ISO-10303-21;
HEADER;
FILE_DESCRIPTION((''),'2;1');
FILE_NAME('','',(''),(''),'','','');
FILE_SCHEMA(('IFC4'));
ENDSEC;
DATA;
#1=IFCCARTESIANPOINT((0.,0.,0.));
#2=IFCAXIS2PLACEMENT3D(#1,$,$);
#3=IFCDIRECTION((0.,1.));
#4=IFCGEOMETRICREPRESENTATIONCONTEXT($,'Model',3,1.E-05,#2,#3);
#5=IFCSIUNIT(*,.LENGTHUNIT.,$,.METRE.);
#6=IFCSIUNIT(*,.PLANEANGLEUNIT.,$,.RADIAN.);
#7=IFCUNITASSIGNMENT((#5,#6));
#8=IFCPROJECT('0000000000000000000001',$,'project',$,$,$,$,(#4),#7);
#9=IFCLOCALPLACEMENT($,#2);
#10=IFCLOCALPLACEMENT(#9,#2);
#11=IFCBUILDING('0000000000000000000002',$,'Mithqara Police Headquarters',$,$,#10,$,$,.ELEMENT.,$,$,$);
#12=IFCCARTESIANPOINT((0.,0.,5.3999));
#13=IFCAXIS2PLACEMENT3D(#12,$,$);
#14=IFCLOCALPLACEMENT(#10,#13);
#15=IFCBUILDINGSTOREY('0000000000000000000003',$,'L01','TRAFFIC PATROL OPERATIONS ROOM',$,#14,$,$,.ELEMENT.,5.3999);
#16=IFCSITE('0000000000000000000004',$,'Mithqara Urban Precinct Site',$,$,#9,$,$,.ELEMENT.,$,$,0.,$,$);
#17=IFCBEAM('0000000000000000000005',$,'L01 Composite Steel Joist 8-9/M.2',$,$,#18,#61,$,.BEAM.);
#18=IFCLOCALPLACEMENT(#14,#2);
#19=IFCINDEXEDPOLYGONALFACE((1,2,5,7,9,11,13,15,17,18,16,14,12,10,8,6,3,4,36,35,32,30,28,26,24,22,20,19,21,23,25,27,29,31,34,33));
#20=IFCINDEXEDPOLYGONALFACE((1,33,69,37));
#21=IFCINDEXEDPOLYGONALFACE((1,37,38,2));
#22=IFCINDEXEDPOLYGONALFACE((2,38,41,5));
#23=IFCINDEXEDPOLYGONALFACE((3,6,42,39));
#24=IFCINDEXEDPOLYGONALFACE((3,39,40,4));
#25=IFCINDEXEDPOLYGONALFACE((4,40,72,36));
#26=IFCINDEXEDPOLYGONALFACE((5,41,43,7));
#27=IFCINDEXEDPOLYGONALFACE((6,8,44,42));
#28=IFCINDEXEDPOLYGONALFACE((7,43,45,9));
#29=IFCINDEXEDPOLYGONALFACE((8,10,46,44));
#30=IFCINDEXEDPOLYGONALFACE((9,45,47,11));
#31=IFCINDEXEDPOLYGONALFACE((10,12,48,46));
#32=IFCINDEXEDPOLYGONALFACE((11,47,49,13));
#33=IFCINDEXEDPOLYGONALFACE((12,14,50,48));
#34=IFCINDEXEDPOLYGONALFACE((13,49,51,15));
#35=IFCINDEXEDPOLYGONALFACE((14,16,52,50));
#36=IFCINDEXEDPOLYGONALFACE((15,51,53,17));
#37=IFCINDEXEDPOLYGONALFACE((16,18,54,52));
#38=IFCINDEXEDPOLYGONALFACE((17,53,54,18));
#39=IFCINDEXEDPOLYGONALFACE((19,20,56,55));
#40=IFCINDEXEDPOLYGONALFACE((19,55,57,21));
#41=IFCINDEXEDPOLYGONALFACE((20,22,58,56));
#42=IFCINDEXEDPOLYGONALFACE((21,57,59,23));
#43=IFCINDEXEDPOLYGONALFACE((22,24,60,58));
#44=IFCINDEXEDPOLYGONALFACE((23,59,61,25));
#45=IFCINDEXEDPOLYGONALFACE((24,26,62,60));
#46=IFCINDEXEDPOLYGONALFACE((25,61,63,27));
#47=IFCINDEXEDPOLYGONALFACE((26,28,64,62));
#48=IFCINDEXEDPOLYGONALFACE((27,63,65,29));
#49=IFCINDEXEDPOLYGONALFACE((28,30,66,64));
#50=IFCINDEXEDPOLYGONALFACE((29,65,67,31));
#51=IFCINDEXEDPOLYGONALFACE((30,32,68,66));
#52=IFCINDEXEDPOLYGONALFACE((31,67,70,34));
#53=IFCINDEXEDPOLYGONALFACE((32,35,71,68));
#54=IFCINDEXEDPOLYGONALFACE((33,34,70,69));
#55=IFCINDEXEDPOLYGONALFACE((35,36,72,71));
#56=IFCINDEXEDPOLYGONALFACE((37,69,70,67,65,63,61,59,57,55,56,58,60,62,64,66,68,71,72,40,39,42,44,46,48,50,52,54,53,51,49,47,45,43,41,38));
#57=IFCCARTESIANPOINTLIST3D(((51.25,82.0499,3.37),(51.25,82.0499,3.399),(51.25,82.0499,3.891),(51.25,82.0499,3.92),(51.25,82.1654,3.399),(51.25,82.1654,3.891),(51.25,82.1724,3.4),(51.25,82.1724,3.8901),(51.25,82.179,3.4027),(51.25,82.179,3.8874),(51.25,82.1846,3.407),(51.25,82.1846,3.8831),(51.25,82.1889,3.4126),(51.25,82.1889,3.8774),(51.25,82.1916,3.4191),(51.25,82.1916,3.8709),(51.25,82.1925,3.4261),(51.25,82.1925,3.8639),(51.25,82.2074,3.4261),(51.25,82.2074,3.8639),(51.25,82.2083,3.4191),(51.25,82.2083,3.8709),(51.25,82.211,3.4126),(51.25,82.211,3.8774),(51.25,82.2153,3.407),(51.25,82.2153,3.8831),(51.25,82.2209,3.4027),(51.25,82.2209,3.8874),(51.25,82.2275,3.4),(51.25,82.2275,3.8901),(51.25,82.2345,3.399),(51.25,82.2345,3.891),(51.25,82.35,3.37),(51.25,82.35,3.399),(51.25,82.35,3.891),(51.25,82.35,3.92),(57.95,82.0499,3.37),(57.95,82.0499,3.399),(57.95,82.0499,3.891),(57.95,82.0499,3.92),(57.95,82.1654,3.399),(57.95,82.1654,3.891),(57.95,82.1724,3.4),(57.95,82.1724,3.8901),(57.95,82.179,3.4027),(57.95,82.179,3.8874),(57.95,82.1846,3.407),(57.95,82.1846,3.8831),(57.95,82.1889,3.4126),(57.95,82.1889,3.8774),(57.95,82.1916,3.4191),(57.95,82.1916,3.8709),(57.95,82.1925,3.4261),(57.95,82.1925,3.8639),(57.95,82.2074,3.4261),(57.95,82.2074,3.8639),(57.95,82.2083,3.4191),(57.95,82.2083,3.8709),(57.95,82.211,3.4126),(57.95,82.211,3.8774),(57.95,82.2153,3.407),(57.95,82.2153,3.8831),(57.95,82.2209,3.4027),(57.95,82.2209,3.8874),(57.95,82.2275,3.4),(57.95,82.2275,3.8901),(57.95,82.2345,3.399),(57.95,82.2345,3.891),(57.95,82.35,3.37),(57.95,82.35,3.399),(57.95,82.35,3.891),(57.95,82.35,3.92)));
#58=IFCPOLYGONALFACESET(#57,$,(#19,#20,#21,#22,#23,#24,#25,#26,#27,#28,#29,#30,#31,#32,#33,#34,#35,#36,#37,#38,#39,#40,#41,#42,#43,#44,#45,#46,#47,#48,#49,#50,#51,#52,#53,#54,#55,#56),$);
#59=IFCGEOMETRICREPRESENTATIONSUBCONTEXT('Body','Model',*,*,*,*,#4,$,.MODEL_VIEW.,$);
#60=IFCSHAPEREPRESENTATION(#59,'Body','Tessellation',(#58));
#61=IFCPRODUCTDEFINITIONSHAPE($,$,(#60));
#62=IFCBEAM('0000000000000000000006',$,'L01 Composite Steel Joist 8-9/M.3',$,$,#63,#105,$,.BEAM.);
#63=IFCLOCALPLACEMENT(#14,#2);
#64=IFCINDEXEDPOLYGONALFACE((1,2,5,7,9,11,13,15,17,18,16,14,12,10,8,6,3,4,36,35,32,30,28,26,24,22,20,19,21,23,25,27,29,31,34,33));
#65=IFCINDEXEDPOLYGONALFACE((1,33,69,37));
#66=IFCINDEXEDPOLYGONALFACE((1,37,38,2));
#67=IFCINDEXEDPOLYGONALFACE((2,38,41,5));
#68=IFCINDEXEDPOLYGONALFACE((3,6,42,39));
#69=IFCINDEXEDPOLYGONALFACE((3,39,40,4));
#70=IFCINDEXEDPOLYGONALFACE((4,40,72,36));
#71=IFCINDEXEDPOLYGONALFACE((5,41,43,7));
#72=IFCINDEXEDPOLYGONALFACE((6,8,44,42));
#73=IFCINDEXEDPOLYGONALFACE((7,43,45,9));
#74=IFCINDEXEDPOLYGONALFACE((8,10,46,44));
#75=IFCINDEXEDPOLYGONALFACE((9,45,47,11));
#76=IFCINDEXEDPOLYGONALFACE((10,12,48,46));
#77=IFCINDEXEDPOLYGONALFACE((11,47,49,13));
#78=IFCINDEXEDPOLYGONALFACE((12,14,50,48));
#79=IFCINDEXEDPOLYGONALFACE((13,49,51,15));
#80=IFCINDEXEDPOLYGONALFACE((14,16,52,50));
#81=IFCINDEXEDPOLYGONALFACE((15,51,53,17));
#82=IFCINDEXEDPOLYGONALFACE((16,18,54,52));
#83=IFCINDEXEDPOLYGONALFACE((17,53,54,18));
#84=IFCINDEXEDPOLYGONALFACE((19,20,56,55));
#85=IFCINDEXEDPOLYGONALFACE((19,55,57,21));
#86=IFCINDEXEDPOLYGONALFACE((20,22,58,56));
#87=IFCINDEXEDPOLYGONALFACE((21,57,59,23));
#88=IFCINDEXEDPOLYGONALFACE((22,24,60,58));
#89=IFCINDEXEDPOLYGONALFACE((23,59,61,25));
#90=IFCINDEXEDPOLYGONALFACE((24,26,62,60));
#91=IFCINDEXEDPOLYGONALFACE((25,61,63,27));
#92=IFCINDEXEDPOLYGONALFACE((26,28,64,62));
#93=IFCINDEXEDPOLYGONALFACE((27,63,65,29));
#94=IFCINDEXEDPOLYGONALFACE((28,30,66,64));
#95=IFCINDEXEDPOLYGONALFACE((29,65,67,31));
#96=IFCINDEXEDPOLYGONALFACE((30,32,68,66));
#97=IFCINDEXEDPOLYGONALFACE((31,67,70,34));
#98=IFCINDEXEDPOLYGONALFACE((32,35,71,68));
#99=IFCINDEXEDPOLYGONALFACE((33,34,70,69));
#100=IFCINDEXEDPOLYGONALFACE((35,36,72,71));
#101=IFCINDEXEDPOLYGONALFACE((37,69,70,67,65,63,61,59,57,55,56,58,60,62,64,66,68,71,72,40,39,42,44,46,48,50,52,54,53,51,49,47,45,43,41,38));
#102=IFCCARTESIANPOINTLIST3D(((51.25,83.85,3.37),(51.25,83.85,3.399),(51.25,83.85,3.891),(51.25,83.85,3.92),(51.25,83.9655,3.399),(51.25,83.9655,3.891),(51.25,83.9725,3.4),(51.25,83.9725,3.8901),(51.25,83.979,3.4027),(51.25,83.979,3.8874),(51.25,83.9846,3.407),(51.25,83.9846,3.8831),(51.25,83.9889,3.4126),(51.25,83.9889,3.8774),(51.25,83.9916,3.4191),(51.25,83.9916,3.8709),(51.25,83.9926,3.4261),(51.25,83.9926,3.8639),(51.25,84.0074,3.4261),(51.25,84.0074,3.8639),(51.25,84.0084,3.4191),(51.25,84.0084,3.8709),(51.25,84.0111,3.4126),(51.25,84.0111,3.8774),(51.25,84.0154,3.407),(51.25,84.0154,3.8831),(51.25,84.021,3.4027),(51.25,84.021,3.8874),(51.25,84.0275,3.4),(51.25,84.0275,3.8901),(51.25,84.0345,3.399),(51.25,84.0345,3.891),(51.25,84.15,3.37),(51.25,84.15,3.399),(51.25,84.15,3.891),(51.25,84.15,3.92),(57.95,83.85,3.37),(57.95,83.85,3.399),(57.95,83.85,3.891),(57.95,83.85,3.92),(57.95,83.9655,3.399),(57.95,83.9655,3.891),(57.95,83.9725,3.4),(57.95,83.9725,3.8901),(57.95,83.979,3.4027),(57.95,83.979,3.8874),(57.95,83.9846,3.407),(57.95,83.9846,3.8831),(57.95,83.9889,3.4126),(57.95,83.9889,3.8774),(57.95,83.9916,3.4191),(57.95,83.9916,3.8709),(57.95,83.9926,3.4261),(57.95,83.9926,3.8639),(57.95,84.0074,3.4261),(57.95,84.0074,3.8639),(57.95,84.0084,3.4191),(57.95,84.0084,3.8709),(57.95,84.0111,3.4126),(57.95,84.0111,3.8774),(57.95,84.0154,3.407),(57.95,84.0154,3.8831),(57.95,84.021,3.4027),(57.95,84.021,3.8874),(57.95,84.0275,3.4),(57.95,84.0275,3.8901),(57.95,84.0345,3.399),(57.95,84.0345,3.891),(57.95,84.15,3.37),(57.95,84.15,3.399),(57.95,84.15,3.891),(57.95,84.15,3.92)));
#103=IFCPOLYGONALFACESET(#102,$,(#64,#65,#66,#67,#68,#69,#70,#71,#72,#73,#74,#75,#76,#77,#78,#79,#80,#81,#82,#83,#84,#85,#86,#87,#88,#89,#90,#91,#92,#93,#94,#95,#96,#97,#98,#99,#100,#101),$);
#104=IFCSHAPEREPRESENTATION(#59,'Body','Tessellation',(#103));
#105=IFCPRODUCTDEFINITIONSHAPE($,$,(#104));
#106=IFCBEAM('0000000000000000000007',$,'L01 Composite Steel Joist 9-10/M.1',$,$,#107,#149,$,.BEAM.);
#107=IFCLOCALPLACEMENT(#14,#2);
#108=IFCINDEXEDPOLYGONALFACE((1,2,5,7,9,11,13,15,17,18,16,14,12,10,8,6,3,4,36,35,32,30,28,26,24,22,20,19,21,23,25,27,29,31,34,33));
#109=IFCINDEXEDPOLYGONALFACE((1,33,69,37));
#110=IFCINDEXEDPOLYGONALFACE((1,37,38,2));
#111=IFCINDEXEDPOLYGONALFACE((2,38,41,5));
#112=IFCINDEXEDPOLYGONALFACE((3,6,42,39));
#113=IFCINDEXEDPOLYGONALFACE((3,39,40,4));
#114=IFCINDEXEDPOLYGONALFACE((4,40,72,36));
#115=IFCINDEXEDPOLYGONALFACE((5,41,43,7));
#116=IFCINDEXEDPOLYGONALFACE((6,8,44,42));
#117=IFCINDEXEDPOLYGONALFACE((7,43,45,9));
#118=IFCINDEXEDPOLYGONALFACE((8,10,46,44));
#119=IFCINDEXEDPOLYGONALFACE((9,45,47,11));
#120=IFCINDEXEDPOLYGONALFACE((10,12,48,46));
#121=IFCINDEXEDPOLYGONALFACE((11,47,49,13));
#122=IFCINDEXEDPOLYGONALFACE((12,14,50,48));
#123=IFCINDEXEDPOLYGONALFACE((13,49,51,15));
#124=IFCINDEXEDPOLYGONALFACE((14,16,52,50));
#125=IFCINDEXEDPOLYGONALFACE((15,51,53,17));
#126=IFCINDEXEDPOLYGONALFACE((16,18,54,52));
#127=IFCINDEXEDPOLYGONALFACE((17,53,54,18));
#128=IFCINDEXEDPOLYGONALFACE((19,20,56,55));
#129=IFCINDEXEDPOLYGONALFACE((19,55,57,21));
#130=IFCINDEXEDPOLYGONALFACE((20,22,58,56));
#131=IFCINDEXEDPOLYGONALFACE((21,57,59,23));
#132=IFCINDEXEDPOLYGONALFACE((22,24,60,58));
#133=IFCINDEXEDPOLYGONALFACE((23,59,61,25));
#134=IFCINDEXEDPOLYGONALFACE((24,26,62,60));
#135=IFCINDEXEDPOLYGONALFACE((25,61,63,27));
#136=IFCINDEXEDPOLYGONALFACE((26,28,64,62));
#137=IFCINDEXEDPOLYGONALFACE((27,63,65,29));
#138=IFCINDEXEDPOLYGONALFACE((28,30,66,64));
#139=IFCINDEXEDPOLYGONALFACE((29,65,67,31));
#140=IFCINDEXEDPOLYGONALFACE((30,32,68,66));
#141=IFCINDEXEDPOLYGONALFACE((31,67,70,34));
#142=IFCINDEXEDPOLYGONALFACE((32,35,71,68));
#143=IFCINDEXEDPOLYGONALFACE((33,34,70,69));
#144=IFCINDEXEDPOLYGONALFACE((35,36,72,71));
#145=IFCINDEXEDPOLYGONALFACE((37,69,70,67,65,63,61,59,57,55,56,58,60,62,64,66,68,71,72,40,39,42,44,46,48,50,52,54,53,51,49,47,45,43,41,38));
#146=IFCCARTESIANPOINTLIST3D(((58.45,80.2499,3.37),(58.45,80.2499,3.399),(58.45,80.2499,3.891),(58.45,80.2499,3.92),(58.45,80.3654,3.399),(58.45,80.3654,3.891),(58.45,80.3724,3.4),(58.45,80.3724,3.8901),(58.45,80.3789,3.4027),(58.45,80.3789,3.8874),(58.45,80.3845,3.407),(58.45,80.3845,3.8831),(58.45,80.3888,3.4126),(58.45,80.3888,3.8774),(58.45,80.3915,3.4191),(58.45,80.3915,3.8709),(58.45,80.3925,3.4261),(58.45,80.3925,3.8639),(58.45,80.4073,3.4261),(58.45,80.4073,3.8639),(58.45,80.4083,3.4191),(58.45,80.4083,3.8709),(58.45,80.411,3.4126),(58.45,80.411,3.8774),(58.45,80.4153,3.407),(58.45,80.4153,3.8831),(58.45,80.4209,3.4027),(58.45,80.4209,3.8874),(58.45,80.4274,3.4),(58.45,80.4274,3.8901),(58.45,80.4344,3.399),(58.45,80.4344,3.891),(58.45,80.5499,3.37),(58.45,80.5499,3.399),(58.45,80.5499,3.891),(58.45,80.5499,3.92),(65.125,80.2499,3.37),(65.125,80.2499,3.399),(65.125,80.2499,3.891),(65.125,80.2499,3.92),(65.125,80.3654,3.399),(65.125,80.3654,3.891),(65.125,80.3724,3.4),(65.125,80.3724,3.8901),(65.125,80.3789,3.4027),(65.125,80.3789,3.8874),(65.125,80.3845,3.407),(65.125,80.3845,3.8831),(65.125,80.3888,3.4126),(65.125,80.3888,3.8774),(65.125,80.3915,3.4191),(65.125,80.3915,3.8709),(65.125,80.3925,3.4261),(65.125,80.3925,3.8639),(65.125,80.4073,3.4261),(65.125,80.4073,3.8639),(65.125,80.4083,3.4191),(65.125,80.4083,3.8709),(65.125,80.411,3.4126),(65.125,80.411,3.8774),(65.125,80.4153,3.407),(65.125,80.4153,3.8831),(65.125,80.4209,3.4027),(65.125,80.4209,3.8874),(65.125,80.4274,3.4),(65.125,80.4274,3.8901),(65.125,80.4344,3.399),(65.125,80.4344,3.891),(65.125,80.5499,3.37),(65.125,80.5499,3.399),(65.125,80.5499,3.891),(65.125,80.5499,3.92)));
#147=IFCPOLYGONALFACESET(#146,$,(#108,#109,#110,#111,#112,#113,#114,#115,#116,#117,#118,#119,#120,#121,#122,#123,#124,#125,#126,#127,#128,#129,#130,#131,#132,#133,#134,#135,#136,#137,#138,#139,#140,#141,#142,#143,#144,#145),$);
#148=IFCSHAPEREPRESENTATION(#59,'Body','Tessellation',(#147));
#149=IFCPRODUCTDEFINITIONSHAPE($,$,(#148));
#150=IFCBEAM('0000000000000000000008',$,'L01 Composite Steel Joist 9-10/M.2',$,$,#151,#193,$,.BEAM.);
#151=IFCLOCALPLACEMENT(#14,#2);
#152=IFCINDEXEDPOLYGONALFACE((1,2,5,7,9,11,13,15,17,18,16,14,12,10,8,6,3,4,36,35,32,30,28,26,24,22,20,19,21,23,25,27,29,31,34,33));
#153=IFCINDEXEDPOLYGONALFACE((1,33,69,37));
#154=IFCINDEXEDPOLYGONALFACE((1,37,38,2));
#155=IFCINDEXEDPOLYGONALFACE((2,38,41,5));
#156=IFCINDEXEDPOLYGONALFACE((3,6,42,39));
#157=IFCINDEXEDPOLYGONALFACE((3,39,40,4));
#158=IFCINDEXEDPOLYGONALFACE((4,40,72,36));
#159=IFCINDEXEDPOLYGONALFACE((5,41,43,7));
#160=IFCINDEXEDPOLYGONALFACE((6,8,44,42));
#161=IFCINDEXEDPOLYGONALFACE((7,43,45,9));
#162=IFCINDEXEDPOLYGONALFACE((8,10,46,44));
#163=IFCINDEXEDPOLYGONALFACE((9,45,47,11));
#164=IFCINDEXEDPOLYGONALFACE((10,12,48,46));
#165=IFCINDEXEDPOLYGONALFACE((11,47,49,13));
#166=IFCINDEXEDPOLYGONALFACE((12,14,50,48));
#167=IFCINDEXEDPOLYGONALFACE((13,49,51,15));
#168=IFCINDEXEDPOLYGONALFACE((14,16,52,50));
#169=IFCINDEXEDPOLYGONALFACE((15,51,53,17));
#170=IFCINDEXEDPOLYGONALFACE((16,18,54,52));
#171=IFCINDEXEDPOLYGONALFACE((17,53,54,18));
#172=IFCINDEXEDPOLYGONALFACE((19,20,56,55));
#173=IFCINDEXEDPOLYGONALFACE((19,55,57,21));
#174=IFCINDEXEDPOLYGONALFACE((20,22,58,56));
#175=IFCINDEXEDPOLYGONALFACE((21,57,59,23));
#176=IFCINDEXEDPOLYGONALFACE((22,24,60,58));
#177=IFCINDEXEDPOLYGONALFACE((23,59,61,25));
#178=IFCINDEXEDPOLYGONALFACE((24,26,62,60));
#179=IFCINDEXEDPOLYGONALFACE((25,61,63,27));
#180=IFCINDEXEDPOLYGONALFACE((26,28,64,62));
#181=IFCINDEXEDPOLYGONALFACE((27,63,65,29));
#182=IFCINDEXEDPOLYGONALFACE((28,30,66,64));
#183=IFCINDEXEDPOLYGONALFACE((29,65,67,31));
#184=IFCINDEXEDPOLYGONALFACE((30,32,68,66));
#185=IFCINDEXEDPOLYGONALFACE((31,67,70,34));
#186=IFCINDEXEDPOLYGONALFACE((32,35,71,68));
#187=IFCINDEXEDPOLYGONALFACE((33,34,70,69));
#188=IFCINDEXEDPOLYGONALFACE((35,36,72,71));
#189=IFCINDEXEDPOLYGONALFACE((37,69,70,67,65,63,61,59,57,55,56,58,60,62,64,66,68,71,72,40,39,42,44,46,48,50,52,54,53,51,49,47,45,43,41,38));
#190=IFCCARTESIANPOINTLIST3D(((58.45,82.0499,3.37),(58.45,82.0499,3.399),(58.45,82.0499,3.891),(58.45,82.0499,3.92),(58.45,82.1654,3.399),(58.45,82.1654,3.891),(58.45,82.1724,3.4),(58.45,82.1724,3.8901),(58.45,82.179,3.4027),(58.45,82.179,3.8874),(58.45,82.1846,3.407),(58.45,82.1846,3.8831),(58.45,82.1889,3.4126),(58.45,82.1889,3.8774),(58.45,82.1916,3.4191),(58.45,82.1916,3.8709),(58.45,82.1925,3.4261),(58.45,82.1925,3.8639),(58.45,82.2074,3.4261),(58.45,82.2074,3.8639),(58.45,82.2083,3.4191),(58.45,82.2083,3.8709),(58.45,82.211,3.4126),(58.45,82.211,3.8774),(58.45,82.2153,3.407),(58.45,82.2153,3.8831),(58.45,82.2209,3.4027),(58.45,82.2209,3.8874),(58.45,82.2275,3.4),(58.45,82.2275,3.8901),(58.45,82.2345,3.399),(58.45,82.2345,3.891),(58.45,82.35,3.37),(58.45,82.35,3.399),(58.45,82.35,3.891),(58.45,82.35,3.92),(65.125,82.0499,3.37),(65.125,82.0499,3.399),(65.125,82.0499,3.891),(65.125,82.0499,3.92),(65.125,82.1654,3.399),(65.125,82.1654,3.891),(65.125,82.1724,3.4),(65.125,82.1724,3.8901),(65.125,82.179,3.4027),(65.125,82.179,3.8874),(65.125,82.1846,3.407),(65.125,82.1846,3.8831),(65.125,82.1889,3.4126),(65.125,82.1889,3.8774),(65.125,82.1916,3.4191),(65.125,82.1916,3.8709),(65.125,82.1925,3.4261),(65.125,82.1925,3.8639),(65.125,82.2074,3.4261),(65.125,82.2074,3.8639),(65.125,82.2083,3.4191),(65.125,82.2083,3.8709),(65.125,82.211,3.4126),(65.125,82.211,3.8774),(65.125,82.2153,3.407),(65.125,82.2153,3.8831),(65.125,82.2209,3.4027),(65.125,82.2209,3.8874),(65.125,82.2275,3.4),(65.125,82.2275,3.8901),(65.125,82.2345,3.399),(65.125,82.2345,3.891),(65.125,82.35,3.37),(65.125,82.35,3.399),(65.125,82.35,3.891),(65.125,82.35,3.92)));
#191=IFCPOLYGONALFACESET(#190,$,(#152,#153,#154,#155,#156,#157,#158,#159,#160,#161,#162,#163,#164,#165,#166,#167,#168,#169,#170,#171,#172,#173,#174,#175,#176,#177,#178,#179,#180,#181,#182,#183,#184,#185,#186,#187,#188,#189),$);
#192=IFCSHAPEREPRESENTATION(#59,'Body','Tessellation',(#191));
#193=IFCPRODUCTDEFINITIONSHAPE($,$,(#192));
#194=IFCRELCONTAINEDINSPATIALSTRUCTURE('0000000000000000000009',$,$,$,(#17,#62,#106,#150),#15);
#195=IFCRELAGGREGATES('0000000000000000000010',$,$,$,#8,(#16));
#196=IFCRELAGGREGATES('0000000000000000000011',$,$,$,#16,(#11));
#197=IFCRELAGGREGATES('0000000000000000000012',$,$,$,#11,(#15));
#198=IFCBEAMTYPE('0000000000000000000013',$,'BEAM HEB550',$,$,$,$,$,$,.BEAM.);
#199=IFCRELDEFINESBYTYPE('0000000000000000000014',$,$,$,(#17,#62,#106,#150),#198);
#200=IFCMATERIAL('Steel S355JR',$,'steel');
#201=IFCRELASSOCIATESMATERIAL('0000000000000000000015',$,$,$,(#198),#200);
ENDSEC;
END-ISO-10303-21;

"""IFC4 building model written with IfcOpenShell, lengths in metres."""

from ifc_helpers import new_model, si_unit, direction, frame, origin, origin_2d, place, context, subcontext, project, spatial, i_section, extrude, material, material_profile, profile_set, type_object, element, save


model = new_model("IFC4")

# Units and contexts
model_context = context("Model", 3, precision=1e-05, world=origin(), true_north=direction((0.0, 1.0)))
body_context = subcontext(model_context, "Body", "Model", "MODEL_VIEW")
ifc_project = project(units=[si_unit("LENGTHUNIT", "METRE"), si_unit("PLANEANGLEUNIT", "RADIAN")], contexts=[model_context])

# Site, building, storey
site_placement = place(None, origin())
site = spatial("IfcSite", under=ifc_project, at=site_placement, Name="Mithqara Urban Precinct Site", CompositionType="ELEMENT", RefElevation=0.0)
building_placement = place(site_placement, origin())
building = spatial("IfcBuilding", under=site, at=building_placement, Name="Mithqara Police Headquarters", CompositionType="ELEMENT")
storey_placement = place(building_placement, frame((0.0, 0.0, 5.3999)))
storey = spatial("IfcBuildingStorey", under=building, at=storey_placement, Name="L01", Description="TRAFFIC PATROL OPERATIONS ROOM", CompositionType="ELEMENT", Elevation=5.3999)

# Beams
ifc_material_1 = material(Name="Steel S355JR", Category="steel")
ifc_material_profile_1 = material_profile(ifc_material_1, i_section(OverallWidth=0.3, OverallDepth=0.55, WebThickness=0.0149, FlangeThickness=0.0291, FilletRadius=0.0271, at=origin_2d()), Name="HEB 550")
ifc_profile_set_1 = profile_set([ifc_material_profile_1], Name="Steel S355JR")
beam_type_1 = type_object("IfcBeamType", Name="BEAM HEB550", PredefinedType="BEAM", material=ifc_profile_set_1)
for number, where, z_axis, x_axis, name in (
    (1, (51.25, 82.2, 3.645), (1.0, 0.0, 0.0), (0.0, 1.0, 0.0), "L01 Composite Steel Joist 8-9/M.2"),
    (2, (51.25, 84.0, 3.645), (1.0, 0.0, 0.0), (0.0, 1.0, 0.0), "L01 Composite Steel Joist 8-9/M.3"),
):
    element("IfcBeam", number, at=place(storey_placement, frame(where, z_axis=z_axis, x_axis=x_axis)), inside=storey, type_object=beam_type_1, Name=name, PredefinedType="BEAM", context=body_context, shape_type="SweptSolid", body=[
        extrude(i_section(OverallWidth=0.3, OverallDepth=0.55, WebThickness=0.0149, FlangeThickness=0.0291, FilletRadius=0.0271, at=origin_2d()), origin(), (0.0, 0.0, 1.0), 6.7),
    ])
for number, where, z_axis, x_axis, name in (
    (3, (58.45, 80.3999, 3.645), (1.0, 0.0, 0.0), (0.0, 1.0, 0.0), "L01 Composite Steel Joist 9-10/M.1"),
    (4, (58.45, 82.2, 3.645), (1.0, 0.0, 0.0), (0.0, 1.0, 0.0), "L01 Composite Steel Joist 9-10/M.2"),
):
    element("IfcBeam", number, at=place(storey_placement, frame(where, z_axis=z_axis, x_axis=x_axis)), inside=storey, type_object=beam_type_1, Name=name, PredefinedType="BEAM", context=body_context, shape_type="SweptSolid", body=[
        extrude(i_section(OverallWidth=0.3, OverallDepth=0.55, WebThickness=0.0149, FlangeThickness=0.0291, FilletRadius=0.0271, at=origin_2d()), origin(), (0.0, 0.0, 1.0), 6.675),
    ])

save(model, "model.ifc")
